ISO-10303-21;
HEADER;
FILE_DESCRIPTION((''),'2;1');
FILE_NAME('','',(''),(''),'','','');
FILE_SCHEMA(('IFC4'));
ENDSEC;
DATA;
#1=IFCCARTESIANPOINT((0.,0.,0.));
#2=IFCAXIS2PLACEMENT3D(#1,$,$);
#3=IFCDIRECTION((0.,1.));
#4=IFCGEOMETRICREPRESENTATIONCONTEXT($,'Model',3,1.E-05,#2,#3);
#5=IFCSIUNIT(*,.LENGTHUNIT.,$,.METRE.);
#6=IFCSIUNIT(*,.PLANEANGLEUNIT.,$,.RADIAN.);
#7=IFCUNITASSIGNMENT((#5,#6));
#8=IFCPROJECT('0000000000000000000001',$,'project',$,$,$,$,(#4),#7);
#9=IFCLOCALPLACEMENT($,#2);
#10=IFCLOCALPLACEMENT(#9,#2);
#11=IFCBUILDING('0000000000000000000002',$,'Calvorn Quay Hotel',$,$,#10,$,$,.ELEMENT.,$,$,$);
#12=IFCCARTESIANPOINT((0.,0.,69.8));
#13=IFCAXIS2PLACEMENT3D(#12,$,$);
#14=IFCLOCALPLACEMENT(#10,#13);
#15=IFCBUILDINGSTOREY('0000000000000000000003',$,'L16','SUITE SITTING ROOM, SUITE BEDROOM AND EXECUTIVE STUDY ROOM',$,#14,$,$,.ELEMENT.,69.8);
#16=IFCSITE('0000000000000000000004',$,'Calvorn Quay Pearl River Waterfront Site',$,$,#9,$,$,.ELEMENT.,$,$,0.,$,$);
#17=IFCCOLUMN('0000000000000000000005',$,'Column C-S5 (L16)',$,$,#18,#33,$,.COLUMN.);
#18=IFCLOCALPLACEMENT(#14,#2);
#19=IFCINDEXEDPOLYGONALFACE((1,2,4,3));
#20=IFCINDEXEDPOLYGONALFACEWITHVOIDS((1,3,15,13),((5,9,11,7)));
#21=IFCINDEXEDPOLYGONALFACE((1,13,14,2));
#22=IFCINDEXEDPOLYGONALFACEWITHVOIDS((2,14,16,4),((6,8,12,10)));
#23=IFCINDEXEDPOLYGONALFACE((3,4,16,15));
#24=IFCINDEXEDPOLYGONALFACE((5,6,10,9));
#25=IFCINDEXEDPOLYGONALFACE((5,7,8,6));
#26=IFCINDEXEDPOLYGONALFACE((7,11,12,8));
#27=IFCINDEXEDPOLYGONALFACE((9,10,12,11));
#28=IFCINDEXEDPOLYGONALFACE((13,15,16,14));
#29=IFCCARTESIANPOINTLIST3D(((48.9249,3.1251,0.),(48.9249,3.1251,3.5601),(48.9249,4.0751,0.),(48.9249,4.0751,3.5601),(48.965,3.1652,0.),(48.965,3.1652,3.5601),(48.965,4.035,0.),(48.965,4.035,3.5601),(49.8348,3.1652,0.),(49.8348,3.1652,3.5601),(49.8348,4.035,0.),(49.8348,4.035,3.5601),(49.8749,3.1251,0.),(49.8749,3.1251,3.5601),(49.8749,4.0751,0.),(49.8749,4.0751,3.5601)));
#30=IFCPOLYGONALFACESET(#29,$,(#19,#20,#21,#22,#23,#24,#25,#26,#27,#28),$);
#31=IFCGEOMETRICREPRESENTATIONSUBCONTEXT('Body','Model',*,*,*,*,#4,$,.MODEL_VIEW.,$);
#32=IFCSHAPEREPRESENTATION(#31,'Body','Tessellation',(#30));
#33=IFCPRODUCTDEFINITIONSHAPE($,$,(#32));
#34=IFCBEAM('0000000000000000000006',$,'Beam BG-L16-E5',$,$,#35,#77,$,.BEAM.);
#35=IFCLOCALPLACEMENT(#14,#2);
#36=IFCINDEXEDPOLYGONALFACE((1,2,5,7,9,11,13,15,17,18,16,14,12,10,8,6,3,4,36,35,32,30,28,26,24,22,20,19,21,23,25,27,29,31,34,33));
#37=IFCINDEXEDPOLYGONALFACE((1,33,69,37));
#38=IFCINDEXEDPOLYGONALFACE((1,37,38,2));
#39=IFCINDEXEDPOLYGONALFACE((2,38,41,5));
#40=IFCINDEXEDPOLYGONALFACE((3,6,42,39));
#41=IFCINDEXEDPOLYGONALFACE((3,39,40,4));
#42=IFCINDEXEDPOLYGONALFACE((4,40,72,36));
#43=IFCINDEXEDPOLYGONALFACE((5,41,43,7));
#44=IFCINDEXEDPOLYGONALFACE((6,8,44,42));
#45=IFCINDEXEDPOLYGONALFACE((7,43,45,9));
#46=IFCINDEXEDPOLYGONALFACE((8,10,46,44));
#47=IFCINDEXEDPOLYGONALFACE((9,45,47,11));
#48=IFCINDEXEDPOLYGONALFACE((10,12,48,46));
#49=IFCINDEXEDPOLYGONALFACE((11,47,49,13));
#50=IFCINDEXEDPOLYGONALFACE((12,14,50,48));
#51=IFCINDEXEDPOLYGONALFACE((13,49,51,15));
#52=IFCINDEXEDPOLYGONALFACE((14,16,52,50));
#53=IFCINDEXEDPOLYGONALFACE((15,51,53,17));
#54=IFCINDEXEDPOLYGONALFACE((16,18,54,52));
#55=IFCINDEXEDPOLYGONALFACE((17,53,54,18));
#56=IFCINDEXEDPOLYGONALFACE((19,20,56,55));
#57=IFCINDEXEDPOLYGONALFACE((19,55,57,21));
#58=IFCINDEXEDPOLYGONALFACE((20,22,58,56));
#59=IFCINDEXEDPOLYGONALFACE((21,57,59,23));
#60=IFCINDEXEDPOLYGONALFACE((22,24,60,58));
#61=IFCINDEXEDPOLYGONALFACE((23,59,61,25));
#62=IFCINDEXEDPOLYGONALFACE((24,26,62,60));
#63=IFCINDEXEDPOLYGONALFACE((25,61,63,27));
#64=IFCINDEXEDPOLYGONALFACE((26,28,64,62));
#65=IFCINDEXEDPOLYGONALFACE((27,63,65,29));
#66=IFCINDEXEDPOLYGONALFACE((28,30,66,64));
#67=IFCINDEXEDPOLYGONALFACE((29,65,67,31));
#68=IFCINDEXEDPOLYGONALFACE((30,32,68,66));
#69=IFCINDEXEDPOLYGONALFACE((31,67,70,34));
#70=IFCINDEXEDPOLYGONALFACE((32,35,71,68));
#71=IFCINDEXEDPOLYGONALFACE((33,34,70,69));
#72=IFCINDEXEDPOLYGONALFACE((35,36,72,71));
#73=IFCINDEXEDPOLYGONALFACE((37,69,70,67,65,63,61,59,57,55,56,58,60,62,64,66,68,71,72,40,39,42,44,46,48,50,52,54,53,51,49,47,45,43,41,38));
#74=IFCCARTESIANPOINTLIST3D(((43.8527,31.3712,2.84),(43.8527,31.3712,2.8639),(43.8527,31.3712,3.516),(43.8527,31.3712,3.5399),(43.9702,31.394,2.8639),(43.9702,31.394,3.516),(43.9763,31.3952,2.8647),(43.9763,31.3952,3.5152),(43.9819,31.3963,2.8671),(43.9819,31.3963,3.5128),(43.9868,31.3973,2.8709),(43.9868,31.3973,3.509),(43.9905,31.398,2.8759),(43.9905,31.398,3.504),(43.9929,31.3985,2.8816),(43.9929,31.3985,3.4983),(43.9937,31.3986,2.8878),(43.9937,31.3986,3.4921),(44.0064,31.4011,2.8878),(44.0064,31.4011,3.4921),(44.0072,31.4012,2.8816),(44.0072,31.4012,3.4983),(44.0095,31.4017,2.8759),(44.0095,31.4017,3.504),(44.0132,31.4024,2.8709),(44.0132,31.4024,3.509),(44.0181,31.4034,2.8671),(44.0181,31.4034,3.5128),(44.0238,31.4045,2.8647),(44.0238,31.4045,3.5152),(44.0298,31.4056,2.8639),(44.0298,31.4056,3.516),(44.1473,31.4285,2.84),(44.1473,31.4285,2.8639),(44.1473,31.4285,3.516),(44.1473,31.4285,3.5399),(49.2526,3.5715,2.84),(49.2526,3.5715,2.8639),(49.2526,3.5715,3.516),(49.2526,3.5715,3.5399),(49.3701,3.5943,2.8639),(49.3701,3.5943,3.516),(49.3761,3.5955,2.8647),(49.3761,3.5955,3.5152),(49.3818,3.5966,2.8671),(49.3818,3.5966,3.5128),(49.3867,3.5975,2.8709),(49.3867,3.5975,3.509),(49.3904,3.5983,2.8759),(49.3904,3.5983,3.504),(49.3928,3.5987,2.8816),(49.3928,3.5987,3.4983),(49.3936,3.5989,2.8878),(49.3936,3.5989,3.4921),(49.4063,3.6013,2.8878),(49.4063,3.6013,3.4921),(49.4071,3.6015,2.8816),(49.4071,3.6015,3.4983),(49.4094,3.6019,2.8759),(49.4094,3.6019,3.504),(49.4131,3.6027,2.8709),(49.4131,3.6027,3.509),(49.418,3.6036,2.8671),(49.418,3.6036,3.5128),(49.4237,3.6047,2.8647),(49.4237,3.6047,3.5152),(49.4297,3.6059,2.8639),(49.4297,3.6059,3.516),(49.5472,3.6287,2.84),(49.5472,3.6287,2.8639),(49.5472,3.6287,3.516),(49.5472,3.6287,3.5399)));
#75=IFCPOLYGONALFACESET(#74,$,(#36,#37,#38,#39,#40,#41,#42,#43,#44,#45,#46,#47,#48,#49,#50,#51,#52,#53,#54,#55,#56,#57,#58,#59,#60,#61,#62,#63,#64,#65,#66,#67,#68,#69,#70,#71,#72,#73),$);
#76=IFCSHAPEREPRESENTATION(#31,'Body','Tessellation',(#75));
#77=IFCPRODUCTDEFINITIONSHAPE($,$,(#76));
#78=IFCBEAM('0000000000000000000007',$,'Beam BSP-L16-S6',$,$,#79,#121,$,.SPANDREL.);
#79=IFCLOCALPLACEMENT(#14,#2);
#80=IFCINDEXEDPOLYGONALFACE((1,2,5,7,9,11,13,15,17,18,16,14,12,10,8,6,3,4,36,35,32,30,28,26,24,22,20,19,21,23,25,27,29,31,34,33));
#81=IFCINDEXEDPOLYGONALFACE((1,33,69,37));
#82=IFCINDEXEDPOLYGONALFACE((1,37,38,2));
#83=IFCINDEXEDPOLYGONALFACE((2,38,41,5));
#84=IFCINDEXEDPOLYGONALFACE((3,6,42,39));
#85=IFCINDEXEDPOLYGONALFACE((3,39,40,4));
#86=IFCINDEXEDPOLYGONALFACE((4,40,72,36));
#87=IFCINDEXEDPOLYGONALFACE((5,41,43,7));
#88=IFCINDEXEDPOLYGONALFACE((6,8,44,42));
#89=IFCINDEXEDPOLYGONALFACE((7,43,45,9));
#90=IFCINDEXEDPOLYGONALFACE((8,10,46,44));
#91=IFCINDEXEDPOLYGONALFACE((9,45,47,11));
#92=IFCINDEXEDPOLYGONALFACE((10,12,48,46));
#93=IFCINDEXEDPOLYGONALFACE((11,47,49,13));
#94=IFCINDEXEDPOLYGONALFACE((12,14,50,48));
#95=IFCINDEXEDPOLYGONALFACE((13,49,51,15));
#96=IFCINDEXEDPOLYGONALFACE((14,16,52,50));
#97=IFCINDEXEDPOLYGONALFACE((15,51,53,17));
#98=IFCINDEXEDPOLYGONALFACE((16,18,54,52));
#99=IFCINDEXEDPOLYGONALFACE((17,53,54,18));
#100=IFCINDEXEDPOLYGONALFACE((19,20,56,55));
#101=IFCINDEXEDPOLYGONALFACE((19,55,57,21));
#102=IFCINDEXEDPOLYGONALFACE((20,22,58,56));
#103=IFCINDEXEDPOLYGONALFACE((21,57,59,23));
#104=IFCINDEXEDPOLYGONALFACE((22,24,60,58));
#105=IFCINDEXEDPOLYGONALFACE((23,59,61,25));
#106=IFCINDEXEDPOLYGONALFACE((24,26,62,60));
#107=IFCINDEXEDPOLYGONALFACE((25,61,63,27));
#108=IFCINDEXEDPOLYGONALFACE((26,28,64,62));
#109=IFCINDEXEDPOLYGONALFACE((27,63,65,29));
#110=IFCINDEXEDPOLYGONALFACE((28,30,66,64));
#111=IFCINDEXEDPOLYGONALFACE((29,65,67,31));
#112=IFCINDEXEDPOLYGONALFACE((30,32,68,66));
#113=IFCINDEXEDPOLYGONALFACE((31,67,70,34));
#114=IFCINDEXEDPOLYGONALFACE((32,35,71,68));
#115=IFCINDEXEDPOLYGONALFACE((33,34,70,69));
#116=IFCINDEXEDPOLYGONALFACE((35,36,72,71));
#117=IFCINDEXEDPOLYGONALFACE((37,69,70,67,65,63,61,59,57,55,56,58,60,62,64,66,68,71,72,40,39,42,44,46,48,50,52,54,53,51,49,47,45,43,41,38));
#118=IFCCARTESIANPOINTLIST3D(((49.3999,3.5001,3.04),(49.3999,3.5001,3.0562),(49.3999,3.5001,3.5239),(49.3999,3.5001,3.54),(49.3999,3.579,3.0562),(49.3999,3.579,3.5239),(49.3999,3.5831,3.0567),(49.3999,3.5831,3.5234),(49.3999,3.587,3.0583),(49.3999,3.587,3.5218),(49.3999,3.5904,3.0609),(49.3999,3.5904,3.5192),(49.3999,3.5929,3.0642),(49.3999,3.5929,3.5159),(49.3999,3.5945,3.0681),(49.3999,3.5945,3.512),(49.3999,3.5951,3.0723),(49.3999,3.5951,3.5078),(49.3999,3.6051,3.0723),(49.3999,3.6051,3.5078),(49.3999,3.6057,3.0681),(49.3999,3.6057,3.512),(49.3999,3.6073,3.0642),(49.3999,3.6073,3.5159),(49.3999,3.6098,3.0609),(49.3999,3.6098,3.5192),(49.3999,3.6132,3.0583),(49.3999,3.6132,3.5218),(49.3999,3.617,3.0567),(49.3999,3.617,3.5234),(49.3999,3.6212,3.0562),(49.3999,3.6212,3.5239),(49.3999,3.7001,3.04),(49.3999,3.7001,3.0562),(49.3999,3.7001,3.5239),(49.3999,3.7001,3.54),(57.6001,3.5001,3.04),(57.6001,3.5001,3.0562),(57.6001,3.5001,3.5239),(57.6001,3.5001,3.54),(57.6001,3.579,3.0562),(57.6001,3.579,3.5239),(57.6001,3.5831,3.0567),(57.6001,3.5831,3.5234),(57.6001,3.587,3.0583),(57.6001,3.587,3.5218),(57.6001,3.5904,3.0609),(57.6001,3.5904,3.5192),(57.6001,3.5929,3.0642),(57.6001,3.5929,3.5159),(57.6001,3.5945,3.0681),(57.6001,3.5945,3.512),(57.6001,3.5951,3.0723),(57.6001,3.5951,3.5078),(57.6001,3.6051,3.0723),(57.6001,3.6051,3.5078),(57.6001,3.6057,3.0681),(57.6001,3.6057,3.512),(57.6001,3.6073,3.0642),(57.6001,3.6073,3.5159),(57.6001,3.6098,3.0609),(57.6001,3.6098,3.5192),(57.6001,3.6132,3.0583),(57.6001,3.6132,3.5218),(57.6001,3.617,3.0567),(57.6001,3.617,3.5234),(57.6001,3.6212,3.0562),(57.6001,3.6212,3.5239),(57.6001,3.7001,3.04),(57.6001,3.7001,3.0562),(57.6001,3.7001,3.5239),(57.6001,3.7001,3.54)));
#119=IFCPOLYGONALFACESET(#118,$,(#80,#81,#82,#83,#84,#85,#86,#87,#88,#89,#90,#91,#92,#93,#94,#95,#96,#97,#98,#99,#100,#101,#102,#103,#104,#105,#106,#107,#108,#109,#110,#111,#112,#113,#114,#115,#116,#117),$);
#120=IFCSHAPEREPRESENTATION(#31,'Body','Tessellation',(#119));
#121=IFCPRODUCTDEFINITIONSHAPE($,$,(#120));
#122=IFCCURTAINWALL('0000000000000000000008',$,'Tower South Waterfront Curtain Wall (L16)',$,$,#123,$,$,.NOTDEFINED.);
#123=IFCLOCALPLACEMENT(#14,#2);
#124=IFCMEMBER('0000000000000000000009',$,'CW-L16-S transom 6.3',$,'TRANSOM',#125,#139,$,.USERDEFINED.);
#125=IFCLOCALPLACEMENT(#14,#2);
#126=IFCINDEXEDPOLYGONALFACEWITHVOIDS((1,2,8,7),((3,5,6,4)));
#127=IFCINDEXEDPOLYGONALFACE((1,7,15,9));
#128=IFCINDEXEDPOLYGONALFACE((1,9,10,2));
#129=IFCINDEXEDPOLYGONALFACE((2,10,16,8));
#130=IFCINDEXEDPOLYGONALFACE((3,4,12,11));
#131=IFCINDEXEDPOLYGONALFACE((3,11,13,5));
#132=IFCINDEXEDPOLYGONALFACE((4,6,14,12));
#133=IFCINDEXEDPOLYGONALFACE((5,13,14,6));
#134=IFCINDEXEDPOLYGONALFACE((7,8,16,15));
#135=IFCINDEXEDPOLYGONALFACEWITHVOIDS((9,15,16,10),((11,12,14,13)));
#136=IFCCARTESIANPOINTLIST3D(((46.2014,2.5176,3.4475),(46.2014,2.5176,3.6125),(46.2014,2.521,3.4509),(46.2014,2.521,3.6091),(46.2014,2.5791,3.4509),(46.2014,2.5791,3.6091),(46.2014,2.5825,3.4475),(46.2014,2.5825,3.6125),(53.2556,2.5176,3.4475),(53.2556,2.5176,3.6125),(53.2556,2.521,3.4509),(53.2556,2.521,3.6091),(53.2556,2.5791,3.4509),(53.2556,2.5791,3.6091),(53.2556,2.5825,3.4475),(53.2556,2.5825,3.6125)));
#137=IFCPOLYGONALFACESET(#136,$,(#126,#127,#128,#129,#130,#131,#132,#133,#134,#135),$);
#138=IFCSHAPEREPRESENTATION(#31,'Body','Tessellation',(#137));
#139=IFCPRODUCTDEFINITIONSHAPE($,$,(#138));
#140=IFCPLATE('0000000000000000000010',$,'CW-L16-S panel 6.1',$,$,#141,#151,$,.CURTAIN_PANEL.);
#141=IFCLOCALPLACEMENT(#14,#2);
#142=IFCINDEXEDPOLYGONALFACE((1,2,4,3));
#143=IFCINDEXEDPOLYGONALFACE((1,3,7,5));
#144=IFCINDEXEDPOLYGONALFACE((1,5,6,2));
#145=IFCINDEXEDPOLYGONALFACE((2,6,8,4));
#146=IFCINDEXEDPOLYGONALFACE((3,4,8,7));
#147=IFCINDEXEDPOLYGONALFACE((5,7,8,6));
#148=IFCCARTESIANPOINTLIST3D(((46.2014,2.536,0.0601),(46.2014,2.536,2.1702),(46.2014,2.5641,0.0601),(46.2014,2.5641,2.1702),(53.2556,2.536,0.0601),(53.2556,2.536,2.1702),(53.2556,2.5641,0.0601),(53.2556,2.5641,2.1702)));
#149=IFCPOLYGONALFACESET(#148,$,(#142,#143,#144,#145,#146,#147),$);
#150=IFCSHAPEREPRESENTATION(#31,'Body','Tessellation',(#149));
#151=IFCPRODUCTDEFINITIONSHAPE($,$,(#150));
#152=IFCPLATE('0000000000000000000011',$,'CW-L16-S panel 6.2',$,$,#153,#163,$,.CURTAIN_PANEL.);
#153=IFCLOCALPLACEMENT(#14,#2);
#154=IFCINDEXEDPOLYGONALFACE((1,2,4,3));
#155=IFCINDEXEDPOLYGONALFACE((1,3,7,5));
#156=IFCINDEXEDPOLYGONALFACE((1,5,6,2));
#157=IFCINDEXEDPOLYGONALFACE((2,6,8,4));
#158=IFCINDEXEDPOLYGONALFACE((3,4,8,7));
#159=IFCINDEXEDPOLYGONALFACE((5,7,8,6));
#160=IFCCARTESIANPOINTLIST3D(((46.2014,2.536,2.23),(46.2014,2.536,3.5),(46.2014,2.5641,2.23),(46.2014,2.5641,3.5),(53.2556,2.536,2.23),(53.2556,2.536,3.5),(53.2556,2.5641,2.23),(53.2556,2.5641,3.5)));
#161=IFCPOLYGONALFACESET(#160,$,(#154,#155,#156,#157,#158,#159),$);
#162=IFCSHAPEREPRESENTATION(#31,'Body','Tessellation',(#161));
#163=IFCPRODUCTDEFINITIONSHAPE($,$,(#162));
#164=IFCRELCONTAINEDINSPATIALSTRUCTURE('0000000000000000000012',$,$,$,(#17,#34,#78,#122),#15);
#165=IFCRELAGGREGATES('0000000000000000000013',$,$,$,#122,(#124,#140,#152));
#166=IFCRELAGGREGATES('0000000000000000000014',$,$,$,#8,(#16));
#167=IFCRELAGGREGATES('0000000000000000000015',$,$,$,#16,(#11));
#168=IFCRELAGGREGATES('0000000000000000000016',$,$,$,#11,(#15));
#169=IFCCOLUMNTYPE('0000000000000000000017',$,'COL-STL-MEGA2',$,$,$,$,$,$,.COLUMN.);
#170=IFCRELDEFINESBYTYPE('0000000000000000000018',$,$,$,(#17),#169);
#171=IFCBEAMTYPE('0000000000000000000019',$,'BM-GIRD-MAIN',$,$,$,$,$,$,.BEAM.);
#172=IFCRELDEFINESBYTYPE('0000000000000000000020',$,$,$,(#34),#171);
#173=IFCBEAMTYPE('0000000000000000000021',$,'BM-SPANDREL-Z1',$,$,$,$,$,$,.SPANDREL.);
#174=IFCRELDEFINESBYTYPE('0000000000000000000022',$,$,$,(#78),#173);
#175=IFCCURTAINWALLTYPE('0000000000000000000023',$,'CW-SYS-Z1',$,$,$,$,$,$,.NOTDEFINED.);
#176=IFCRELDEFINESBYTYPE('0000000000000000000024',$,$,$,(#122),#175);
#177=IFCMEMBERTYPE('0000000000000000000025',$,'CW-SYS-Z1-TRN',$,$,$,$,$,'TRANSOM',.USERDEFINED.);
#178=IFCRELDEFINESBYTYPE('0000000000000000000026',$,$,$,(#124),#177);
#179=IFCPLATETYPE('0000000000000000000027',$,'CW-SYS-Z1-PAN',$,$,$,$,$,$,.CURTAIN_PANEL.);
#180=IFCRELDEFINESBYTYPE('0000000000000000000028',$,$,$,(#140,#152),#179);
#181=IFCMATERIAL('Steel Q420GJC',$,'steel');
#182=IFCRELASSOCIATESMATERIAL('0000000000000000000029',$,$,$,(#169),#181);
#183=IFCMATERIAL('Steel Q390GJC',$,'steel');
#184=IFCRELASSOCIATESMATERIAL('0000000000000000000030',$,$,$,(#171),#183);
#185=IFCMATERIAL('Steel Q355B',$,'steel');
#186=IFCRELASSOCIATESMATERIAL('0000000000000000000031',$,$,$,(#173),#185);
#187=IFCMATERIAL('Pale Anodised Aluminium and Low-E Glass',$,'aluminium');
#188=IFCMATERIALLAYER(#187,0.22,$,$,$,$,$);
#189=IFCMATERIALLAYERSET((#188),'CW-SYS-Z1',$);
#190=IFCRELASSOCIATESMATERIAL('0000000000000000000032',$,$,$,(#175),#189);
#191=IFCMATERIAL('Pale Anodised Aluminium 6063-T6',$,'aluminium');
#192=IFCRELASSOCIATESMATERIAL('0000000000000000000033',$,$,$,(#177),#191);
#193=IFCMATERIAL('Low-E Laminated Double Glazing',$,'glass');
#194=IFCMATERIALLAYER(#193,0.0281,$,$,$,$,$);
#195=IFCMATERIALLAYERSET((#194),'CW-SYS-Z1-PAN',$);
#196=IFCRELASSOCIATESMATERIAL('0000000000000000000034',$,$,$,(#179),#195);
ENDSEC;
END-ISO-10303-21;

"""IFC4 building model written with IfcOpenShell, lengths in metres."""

from ifc_helpers import new_model, si_unit, direction, frame, origin, origin_2d, place, context, subcontext, project, spatial, rectangle, hollow_rectangle, i_section, extrude, material, layer, layer_set, material_profile, profile_set, type_object, element, aggregate, save


model = new_model("IFC4")

# Units and contexts
model_context = context("Model", 3, precision=1e-05, world=origin(), true_north=direction((0.0, 1.0)))
body_context = subcontext(model_context, "Body", "Model", "MODEL_VIEW")
ifc_project = project(units=[si_unit("LENGTHUNIT", "METRE"), si_unit("PLANEANGLEUNIT", "RADIAN")], contexts=[model_context])

# Site, building, storey
site_placement = place(None, origin())
site = spatial("IfcSite", under=ifc_project, at=site_placement, Name="Calvorn Quay Pearl River Waterfront Site", CompositionType="ELEMENT", RefElevation=0.0)
building_placement = place(site_placement, origin())
building = spatial("IfcBuilding", under=site, at=building_placement, Name="Calvorn Quay Hotel", CompositionType="ELEMENT")
storey_placement = place(building_placement, frame((0.0, 0.0, 69.8)))
storey = spatial("IfcBuildingStorey", under=building, at=storey_placement, Name="L16", Description="SUITE SITTING ROOM, SUITE BEDROOM AND EXECUTIVE STUDY ROOM", CompositionType="ELEMENT", Elevation=69.8)

# Column
ifc_material_1 = material(Name="Steel Q420GJC", Category="steel")
ifc_material_profile_1 = material_profile(ifc_material_1, hollow_rectangle(XDim=0.95, YDim=0.95, WallThickness=0.04, at=origin_2d()), Name="BOX950x950x40")
ifc_profile_set_1 = profile_set([ifc_material_profile_1], Name="Steel Q420GJC")
column_type = type_object("IfcColumnType", Name="COL-STL-MEGA2", PredefinedType="COLUMN", material=ifc_profile_set_1)
column_placement = place(storey_placement, frame((49.3999, 3.6001, 0.0), z_axis=(0.0, 0.0, 1.0), x_axis=(1.0, 0.0, 0.0)))
element("IfcColumn", 1, at=column_placement, inside=storey, type_object=column_type, Name="Column C-S5 (L16)", PredefinedType="COLUMN", context=body_context, shape_type="SweptSolid", body=[
    extrude(hollow_rectangle(XDim=0.95, YDim=0.95, WallThickness=0.04, at=origin_2d()), origin(), (0.0, 0.0, 1.0), 3.5601),
])

# Beams
ifc_material_2 = material(Name="Steel Q390GJC", Category="steel")
ifc_material_profile_2 = material_profile(ifc_material_2, i_section(OverallWidth=0.3, OverallDepth=0.7, WebThickness=0.0129, FlangeThickness=0.0239, FilletRadius=0.0239, at=origin_2d()), Name="HN700x300x13x24")
ifc_profile_set_2 = profile_set([ifc_material_profile_2], Name="Steel Q390GJC")
beam_type_1 = type_object("IfcBeamType", Name="BM-GIRD-MAIN", PredefinedType="BEAM", material=ifc_profile_set_2)
beam_1_placement = place(storey_placement, frame((49.3999, 3.6001, 3.1899), z_axis=(-0.190679, 0.981653, 0.0), x_axis=(-0.981653, -0.190679, 0.0)))
element("IfcBeam", 2, at=beam_1_placement, inside=storey, type_object=beam_type_1, Name="Beam BG-L16-E5", PredefinedType="BEAM", context=body_context, shape_type="SweptSolid", body=[
    extrude(i_section(OverallWidth=0.3, OverallDepth=0.7, WebThickness=0.0129, FlangeThickness=0.0239, FilletRadius=0.0239, at=origin_2d()), origin(), (0.0, 0.0, 1.0), 28.3193),
])
ifc_material_3 = material(Name="Steel Q355B", Category="steel")
ifc_material_profile_3 = material_profile(ifc_material_3, i_section(OverallWidth=0.2, OverallDepth=0.5, WebThickness=0.01, FlangeThickness=0.0161, FilletRadius=0.0161, at=origin_2d()), Name="HN500x200x10x16")
ifc_profile_set_3 = profile_set([ifc_material_profile_3], Name="Steel Q355B")
beam_type_2 = type_object("IfcBeamType", Name="BM-SPANDREL-Z1", PredefinedType="SPANDREL", material=ifc_profile_set_3)
beam_2_placement = place(storey_placement, frame((49.3999, 3.6001, 3.29), z_axis=(1.0, 0.0, 0.0), x_axis=(0.0, 1.0, 0.0)))
element("IfcBeam", 3, at=beam_2_placement, inside=storey, type_object=beam_type_2, Name="Beam BSP-L16-S6", PredefinedType="SPANDREL", context=body_context, shape_type="SweptSolid", body=[
    extrude(i_section(OverallWidth=0.2, OverallDepth=0.5, WebThickness=0.01, FlangeThickness=0.0161, FilletRadius=0.0161, at=origin_2d()), origin(), (0.0, 0.0, 1.0), 8.2002),
])

# Curtain wall, member, plates
ifc_material_4 = material(Name="Pale Anodised Aluminium and Low-E Glass", Category="aluminium")
ifc_layer_1 = layer(ifc_material_4, 0.22)
ifc_layer_set_1 = layer_set([ifc_layer_1], Name="CW-SYS-Z1")
curtain_wall_type = type_object("IfcCurtainWallType", Name="CW-SYS-Z1", PredefinedType="NOTDEFINED", material=ifc_layer_set_1)
curtain_wall_placement = place(storey_placement, origin())
curtain_wall = element("IfcCurtainWall", 4, at=curtain_wall_placement, inside=storey, type_object=curtain_wall_type, Name="Tower South Waterfront Curtain Wall (L16)", PredefinedType="NOTDEFINED")
ifc_material_5 = material(Name="Pale Anodised Aluminium 6063-T6", Category="aluminium")
ifc_material_profile_4 = material_profile(ifc_material_5, hollow_rectangle(XDim=0.0649, YDim=0.165, WallThickness=0.0034, at=origin_2d()), Name="ALU-T165x65x3.5")
ifc_profile_set_4 = profile_set([ifc_material_profile_4], Name="Pale Anodised Aluminium 6063-T6")
member_type = type_object("IfcMemberType", Name="CW-SYS-Z1-TRN", ElementType="TRANSOM", PredefinedType="USERDEFINED", material=ifc_profile_set_4)
member_placement = place(storey_placement, frame((46.2014, 2.55, 3.53), z_axis=(1.0, 0.0, 0.0), x_axis=(0.0, 1.0, 0.0)))
member = element("IfcMember", 5, at=member_placement, type_object=member_type, Name="CW-L16-S transom 6.3", ObjectType="TRANSOM", PredefinedType="USERDEFINED", context=body_context, shape_type="SweptSolid", body=[
    extrude(hollow_rectangle(XDim=0.0649, YDim=0.165, WallThickness=0.0034, at=origin_2d()), origin(), (0.0, 0.0, 1.0), 7.0542),
])
ifc_material_6 = material(Name="Low-E Laminated Double Glazing", Category="glass")
ifc_layer_2 = layer(ifc_material_6, 0.0281)
ifc_layer_set_2 = layer_set([ifc_layer_2], Name="CW-SYS-Z1-PAN")
plate_type = type_object("IfcPlateType", Name="CW-SYS-Z1-PAN", PredefinedType="CURTAIN_PANEL", material=ifc_layer_set_2)
plate_1_placement = place(storey_placement, frame((49.7285, 2.55, 0.0601), z_axis=(0.0, 0.0, 1.0), x_axis=(1.0, 0.0, 0.0)))
plate_1 = element("IfcPlate", 6, at=plate_1_placement, type_object=plate_type, Name="CW-L16-S panel 6.1", PredefinedType="CURTAIN_PANEL", context=body_context, shape_type="SweptSolid", body=[
    extrude(rectangle(XDim=7.0542, YDim=0.0281, at=origin_2d()), origin(), (0.0, 0.0, 1.0), 2.1101),
])
plate_2_placement = place(storey_placement, frame((49.7285, 2.55, 2.23), z_axis=(0.0, 0.0, 1.0), x_axis=(1.0, 0.0, 0.0)))
plate_2 = element("IfcPlate", 7, at=plate_2_placement, type_object=plate_type, Name="CW-L16-S panel 6.2", PredefinedType="CURTAIN_PANEL", context=body_context, shape_type="SweptSolid", body=[
    extrude(rectangle(XDim=7.0542, YDim=0.0281, at=origin_2d()), origin(), (0.0, 0.0, 1.0), 1.27),
])
aggregate(curtain_wall, [member, plate_1, plate_2])

save(model, "model.ifc")
